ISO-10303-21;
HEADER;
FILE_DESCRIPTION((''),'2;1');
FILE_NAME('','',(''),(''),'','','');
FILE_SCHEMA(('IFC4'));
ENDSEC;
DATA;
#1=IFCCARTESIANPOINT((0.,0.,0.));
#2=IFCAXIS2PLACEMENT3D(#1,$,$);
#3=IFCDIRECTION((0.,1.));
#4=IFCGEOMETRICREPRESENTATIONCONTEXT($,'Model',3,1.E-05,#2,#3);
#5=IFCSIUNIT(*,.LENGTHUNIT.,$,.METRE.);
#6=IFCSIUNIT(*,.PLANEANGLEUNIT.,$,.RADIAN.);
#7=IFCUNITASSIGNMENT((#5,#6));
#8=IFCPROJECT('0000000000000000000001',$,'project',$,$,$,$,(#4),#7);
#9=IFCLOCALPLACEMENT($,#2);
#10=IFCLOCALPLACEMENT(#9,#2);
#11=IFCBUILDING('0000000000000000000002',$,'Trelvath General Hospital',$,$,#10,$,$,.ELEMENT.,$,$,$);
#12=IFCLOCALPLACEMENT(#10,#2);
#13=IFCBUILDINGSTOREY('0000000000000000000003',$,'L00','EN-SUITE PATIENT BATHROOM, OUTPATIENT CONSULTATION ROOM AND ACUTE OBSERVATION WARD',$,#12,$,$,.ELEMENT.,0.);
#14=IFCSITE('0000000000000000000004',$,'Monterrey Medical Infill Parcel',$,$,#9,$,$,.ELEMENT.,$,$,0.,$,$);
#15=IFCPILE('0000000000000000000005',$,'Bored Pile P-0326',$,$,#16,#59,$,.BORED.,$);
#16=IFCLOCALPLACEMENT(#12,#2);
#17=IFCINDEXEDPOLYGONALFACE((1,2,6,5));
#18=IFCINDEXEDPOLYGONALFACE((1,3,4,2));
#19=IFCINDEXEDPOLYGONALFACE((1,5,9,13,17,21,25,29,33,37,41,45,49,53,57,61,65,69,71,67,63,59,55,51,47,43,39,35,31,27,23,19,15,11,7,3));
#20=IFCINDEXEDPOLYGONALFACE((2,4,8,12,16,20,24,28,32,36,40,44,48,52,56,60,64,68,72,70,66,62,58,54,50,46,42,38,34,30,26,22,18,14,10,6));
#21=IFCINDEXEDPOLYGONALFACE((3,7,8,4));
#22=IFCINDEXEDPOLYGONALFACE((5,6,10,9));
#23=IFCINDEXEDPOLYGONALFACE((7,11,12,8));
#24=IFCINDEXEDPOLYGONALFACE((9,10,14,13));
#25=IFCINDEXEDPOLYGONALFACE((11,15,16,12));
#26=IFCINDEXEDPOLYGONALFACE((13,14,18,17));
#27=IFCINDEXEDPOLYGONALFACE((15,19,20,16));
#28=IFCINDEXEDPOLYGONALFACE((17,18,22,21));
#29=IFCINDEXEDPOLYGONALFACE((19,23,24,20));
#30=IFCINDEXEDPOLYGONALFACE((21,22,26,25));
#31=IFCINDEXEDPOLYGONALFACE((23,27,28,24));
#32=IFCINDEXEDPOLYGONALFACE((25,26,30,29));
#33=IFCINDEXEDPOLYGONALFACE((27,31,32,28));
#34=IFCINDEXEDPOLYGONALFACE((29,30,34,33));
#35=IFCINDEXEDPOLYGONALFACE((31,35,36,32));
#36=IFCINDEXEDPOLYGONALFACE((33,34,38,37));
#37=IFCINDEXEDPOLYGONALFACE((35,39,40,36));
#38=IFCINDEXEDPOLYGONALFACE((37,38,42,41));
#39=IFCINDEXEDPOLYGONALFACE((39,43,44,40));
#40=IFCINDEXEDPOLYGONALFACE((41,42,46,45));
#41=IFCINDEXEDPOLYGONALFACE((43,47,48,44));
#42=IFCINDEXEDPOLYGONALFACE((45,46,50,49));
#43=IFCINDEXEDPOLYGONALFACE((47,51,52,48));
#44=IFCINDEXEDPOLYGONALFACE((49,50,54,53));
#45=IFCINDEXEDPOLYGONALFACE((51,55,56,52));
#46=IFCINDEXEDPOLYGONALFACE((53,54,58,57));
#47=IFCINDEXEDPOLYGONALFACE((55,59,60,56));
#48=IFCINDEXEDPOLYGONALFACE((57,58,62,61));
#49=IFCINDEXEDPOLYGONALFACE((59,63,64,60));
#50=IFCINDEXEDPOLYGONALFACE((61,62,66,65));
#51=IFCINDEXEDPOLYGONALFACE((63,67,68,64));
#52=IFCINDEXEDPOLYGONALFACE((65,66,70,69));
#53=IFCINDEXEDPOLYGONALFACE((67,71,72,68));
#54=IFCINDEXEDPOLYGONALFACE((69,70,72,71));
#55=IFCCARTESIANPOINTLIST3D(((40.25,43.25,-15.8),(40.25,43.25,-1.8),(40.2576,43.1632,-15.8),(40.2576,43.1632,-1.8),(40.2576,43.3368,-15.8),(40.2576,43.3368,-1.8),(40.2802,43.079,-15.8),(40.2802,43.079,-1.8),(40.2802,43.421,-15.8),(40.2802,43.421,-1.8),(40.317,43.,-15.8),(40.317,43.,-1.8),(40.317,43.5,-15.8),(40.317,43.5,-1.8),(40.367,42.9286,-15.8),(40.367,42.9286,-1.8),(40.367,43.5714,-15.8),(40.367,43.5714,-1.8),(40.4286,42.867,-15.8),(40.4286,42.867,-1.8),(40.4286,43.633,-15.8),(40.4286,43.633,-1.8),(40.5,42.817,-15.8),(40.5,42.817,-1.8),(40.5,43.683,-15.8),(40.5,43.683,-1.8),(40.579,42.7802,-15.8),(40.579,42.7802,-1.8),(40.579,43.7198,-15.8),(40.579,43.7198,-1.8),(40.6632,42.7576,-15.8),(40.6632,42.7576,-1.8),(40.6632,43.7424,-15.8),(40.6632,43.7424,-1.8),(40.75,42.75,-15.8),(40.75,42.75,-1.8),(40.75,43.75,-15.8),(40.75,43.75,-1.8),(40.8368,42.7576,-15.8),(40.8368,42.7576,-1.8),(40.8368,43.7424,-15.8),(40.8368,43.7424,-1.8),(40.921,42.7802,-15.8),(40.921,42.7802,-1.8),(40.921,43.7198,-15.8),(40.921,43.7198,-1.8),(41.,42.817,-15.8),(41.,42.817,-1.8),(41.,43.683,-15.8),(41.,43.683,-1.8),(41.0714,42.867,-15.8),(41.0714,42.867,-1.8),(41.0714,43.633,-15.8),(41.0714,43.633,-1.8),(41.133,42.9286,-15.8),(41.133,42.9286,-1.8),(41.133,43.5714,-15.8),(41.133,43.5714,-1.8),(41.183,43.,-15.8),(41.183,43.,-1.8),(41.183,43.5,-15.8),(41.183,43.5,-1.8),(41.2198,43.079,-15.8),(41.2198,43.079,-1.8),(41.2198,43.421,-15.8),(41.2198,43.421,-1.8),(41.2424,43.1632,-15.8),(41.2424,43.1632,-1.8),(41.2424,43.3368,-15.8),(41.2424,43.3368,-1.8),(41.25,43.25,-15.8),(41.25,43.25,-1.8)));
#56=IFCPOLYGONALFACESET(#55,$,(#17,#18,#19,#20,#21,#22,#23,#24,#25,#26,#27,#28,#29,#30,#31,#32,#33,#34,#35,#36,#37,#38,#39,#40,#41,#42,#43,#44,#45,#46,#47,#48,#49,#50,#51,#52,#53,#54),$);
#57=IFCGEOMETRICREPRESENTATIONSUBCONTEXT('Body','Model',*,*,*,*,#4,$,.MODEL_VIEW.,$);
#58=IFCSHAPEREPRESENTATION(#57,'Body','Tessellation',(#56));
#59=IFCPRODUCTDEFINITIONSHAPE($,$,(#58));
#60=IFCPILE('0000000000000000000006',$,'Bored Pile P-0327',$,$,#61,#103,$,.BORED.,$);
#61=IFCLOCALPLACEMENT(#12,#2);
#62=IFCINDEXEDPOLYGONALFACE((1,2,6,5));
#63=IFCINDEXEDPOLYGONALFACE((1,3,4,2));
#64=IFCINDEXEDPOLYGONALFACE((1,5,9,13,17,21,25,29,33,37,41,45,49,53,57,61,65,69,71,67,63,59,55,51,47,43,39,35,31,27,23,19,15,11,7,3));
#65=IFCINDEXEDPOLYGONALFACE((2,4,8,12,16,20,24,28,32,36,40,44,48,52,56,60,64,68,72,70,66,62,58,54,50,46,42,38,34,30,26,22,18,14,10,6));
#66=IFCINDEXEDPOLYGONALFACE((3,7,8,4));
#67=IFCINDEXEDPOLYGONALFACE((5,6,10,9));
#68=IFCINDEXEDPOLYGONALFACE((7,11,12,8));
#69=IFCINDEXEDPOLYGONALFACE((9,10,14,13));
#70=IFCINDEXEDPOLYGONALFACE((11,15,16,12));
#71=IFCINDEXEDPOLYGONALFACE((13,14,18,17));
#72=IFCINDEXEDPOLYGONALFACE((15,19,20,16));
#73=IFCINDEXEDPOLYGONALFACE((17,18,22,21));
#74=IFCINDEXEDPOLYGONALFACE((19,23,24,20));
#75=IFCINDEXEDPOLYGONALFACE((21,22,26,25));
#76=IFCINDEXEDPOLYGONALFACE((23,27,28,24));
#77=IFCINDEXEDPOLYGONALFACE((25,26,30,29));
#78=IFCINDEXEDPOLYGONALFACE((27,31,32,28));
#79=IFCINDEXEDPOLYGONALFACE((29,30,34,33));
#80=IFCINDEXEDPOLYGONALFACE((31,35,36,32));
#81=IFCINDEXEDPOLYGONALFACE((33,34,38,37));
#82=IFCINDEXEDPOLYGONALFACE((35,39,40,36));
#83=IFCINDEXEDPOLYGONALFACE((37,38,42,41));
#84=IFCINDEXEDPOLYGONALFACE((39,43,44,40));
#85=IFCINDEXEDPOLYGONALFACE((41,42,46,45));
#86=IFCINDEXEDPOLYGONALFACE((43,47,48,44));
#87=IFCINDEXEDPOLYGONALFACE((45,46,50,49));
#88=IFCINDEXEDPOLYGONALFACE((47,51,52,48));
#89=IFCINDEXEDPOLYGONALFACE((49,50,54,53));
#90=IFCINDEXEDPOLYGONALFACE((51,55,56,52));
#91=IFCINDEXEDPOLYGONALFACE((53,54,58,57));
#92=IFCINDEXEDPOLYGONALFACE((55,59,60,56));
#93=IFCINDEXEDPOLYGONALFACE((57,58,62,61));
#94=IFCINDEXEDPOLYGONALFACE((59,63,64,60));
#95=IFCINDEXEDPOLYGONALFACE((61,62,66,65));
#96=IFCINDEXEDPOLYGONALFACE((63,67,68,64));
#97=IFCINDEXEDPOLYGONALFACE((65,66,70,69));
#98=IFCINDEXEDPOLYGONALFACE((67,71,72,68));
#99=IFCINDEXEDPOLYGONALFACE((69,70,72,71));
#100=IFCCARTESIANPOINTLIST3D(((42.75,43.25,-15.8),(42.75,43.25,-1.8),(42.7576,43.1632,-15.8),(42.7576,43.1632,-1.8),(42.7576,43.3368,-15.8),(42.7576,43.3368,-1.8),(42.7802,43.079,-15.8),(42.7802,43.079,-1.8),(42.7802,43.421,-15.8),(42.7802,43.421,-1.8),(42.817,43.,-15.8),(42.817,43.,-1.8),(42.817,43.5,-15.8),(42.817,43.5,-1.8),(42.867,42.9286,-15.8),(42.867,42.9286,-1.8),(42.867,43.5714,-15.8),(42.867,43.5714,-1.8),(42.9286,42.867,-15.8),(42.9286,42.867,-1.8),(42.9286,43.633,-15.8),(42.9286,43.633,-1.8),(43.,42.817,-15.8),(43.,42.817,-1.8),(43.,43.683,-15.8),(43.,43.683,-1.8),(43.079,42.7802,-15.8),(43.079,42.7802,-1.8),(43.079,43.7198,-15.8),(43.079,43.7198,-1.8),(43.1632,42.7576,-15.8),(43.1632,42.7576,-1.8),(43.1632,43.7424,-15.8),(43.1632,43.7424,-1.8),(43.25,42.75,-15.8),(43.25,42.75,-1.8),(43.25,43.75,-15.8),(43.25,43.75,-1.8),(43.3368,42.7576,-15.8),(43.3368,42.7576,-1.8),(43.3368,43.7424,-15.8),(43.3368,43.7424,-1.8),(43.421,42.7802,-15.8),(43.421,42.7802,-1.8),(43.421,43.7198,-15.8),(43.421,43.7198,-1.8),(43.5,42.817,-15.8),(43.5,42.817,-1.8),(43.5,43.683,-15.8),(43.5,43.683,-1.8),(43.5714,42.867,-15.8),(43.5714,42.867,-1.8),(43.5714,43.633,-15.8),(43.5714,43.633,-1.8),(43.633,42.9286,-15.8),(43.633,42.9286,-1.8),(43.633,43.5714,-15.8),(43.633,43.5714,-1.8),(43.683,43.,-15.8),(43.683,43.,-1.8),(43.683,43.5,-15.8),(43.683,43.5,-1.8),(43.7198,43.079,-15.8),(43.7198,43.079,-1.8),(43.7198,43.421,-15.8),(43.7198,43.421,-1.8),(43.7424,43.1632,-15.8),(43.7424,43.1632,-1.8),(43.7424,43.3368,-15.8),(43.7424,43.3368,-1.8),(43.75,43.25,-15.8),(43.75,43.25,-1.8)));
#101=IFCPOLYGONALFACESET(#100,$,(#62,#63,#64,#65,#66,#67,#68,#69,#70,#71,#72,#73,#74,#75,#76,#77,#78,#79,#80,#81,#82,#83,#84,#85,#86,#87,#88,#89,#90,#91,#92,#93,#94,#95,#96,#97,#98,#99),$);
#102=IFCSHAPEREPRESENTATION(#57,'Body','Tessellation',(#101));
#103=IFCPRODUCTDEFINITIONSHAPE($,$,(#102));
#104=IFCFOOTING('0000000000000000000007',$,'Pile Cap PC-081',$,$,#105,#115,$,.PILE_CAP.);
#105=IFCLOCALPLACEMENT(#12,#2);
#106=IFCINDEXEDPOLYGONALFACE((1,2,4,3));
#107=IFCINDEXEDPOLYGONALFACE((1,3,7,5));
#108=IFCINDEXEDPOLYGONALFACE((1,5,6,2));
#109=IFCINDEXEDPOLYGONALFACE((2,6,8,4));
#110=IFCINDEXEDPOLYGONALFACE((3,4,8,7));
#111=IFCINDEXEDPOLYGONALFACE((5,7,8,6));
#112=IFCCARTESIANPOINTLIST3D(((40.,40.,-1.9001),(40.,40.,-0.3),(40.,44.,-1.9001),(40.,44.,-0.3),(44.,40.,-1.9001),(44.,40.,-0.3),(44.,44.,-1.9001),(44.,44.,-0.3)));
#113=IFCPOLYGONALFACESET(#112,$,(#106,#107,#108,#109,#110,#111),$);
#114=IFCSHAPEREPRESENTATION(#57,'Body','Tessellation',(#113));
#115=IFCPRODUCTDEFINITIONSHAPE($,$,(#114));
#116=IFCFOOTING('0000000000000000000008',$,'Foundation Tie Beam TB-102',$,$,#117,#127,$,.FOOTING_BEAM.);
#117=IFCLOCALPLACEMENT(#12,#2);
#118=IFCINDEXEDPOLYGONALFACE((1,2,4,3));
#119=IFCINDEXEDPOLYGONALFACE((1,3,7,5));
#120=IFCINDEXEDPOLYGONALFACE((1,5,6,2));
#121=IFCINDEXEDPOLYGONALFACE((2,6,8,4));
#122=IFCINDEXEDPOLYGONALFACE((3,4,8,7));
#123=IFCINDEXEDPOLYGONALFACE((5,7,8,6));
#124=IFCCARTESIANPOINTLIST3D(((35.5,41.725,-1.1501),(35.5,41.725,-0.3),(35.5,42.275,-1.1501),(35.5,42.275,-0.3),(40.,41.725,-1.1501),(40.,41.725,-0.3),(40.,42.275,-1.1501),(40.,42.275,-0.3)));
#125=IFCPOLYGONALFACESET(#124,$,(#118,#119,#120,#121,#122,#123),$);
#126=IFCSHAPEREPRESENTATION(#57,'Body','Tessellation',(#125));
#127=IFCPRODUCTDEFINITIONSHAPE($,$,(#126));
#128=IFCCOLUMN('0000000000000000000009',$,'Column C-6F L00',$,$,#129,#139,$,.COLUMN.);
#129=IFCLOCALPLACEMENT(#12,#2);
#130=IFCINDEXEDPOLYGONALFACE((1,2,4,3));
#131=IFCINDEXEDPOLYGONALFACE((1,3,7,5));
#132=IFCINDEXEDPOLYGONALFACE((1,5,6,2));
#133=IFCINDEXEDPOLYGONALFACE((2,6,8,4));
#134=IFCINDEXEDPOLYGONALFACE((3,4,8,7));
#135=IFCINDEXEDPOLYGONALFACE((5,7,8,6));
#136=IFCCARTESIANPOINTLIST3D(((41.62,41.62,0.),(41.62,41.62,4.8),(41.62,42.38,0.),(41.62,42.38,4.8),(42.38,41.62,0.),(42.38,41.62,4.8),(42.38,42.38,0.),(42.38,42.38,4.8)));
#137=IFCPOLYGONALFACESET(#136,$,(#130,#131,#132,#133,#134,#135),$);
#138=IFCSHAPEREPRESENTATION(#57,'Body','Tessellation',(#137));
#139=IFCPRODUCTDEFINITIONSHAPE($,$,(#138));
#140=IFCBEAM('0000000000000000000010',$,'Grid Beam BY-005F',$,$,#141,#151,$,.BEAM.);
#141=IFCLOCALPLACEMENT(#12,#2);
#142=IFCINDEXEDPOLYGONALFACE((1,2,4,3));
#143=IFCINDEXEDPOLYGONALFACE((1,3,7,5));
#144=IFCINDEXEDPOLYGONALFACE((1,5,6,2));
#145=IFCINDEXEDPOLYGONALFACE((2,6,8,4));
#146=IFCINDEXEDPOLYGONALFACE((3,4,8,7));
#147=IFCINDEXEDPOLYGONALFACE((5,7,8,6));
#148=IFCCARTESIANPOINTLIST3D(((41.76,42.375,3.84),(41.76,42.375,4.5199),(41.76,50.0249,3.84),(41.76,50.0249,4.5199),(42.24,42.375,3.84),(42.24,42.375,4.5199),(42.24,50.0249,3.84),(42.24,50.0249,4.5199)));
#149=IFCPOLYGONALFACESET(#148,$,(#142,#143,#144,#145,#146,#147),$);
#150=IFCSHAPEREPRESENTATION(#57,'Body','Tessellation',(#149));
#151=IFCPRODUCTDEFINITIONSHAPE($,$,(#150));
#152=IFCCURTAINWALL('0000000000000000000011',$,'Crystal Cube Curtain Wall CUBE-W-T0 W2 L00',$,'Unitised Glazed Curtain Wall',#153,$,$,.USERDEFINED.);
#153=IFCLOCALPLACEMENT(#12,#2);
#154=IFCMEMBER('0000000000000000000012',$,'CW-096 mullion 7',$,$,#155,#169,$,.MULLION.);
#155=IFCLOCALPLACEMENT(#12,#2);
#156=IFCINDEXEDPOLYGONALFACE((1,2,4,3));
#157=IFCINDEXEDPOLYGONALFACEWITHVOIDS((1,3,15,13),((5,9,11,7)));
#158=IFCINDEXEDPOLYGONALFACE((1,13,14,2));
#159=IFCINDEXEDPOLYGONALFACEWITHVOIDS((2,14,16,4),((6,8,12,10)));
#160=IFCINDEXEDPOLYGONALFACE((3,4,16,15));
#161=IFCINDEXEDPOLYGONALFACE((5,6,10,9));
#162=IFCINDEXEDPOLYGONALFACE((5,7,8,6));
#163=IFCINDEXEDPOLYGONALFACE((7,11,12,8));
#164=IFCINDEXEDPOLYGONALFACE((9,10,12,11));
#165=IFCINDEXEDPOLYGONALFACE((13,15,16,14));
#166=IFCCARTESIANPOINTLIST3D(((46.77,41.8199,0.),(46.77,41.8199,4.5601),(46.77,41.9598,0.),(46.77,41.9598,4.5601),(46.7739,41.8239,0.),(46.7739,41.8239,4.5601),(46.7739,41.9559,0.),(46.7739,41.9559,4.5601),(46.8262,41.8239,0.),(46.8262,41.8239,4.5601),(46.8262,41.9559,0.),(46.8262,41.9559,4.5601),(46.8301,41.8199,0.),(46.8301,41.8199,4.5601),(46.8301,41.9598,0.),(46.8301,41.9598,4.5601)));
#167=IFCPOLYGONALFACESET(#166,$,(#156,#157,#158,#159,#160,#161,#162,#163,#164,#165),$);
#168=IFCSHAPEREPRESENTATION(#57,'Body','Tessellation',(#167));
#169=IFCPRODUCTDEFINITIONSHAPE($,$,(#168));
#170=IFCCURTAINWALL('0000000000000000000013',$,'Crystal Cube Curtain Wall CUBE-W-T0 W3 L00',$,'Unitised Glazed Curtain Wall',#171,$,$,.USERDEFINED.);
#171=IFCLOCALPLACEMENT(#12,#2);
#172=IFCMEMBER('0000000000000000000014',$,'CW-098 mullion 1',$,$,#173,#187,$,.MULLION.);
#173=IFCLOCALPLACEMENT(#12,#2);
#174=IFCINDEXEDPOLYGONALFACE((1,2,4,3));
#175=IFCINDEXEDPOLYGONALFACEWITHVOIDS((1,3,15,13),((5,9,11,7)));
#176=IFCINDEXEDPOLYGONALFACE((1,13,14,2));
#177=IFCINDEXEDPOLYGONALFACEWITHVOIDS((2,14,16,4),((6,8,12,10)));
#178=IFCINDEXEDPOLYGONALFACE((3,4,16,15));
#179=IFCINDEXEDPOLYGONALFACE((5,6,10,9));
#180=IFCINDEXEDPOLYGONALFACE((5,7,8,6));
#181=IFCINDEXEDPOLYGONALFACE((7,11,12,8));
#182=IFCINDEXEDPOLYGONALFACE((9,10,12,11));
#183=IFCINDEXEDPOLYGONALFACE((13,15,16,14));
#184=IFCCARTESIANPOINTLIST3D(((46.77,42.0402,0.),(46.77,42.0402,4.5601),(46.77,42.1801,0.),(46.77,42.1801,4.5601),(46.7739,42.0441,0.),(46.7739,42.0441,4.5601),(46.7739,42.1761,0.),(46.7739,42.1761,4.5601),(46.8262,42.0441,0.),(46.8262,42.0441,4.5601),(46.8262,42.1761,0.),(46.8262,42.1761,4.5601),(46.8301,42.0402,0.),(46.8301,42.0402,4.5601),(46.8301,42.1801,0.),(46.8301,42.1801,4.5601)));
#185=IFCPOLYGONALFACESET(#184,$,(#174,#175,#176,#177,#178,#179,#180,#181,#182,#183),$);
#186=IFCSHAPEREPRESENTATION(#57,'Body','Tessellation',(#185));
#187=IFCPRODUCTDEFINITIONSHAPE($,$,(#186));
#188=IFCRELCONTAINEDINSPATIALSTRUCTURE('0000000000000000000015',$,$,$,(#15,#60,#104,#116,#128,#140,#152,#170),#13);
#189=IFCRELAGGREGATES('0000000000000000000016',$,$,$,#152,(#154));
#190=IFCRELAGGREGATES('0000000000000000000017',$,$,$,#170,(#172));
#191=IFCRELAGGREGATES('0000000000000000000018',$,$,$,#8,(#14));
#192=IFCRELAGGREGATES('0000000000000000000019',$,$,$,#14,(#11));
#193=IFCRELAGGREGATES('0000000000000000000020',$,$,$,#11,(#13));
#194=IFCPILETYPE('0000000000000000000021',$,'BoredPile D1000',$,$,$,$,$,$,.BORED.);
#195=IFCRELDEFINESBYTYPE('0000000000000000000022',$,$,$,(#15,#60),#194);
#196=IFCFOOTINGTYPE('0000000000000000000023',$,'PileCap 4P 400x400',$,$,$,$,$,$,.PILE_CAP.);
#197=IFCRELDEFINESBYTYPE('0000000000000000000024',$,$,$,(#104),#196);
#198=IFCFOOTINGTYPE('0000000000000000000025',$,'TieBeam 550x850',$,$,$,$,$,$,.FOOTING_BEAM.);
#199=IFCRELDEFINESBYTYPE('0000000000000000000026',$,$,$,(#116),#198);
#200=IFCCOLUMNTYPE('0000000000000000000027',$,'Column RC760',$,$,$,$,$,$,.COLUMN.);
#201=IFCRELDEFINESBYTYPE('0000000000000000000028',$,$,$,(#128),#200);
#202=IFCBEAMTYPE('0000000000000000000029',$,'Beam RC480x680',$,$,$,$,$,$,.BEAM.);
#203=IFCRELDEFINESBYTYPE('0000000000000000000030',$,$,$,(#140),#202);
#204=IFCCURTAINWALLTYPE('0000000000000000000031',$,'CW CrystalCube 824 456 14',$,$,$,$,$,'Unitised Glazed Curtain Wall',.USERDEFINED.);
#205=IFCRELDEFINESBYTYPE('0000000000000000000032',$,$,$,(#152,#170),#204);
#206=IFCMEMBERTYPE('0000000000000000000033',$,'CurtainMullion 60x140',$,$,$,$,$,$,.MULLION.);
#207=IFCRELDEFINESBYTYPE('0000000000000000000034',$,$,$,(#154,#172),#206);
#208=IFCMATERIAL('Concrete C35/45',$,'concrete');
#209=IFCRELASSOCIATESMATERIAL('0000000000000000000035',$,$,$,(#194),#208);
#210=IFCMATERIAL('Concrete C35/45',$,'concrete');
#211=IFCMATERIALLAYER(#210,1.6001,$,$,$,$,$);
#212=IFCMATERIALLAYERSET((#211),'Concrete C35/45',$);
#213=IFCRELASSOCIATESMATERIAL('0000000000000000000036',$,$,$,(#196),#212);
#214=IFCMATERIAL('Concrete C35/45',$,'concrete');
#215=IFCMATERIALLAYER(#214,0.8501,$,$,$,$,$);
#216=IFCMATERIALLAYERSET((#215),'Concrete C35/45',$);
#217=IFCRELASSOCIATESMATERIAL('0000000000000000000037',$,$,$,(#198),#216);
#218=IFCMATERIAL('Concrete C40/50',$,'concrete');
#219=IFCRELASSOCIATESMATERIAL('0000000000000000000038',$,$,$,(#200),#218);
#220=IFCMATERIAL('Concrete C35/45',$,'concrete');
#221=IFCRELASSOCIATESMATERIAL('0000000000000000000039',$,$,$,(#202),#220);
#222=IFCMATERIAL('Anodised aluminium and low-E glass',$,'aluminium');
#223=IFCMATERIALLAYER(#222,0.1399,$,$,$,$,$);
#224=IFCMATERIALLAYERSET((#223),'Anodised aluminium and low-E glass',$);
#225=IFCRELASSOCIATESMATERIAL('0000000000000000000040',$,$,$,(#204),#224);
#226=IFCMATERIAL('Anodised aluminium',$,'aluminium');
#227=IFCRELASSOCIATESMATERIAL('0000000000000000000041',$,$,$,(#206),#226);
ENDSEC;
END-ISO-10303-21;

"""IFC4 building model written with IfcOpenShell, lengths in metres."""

from ifc_helpers import new_model, si_unit, direction, frame, origin, origin_2d, place, context, subcontext, project, spatial, rectangle, hollow_rectangle, circle, extrude, material, layer, layer_set, material_profile, profile_set, type_object, element, aggregate, save


model = new_model("IFC4")

# Units and contexts
model_context = context("Model", 3, precision=1e-05, world=origin(), true_north=direction((0.0, 1.0)))
body_context = subcontext(model_context, "Body", "Model", "MODEL_VIEW")
ifc_project = project(units=[si_unit("LENGTHUNIT", "METRE"), si_unit("PLANEANGLEUNIT", "RADIAN")], contexts=[model_context])

# Site, building, storey
site_placement = place(None, origin())
site = spatial("IfcSite", under=ifc_project, at=site_placement, Name="Monterrey Medical Infill Parcel", CompositionType="ELEMENT", RefElevation=0.0)
building_placement = place(site_placement, origin())
building = spatial("IfcBuilding", under=site, at=building_placement, Name="Trelvath General Hospital", CompositionType="ELEMENT")
storey_placement = place(building_placement, origin())
storey = spatial("IfcBuildingStorey", under=building, at=storey_placement, Name="L00", Description="EN-SUITE PATIENT BATHROOM, OUTPATIENT CONSULTATION ROOM AND ACUTE OBSERVATION WARD", CompositionType="ELEMENT", Elevation=0.0)

# Piles
ifc_material_1 = material(Name="Concrete C35/45", Category="concrete")
ifc_material_profile_1 = material_profile(ifc_material_1, circle(Radius=0.5, at=origin_2d()), Name="PILE1000")
ifc_profile_set_1 = profile_set([ifc_material_profile_1], Name="Concrete C35/45")
pile_type = type_object("IfcPileType", Name="BoredPile D1000", PredefinedType="BORED", material=ifc_profile_set_1)
for number, where, z_axis, x_axis, name in (
    (1, (40.75, 43.25, -1.8), (0.0, 0.0, -1.0), (1.0, 0.0, 0.0), "Bored Pile P-0326"),
    (2, (43.25, 43.25, -1.8), (0.0, 0.0, -1.0), (1.0, 0.0, 0.0), "Bored Pile P-0327"),
):
    element("IfcPile", number, at=place(storey_placement, frame(where, z_axis=z_axis, x_axis=x_axis)), inside=storey, type_object=pile_type, Name=name, PredefinedType="BORED", context=body_context, shape_type="SweptSolid", body=[
        extrude(circle(Radius=0.5, at=origin_2d()), origin(), (0.0, 0.0, 1.0), 14.0),
    ])

# Footings
ifc_material_2 = material(Name="Concrete C35/45", Category="concrete")
ifc_layer_1 = layer(ifc_material_2, 1.6001)
ifc_layer_set_1 = layer_set([ifc_layer_1], Name="Concrete C35/45")
footing_type_1 = type_object("IfcFootingType", Name="PileCap 4P 400x400", PredefinedType="PILE_CAP", material=ifc_layer_set_1)
footing_1_placement = place(storey_placement, frame((42.0, 42.0, -1.9001), z_axis=(0.0, 0.0, 1.0), x_axis=(1.0, 0.0, 0.0)))
element("IfcFooting", 3, at=footing_1_placement, inside=storey, type_object=footing_type_1, Name="Pile Cap PC-081", PredefinedType="PILE_CAP", context=body_context, shape_type="SweptSolid", body=[
    extrude(rectangle(XDim=4.0, YDim=4.0, at=origin_2d()), origin(), (0.0, 0.0, 1.0), 1.6001),
])
ifc_material_3 = material(Name="Concrete C35/45", Category="concrete")
ifc_layer_2 = layer(ifc_material_3, 0.8501)
ifc_layer_set_2 = layer_set([ifc_layer_2], Name="Concrete C35/45")
footing_type_2 = type_object("IfcFootingType", Name="TieBeam 550x850", PredefinedType="FOOTING_BEAM", material=ifc_layer_set_2)
footing_2_placement = place(storey_placement, frame((37.75, 42.0, -1.1501), z_axis=(0.0, 0.0, 1.0), x_axis=(1.0, 0.0, 0.0)))
element("IfcFooting", 4, at=footing_2_placement, inside=storey, type_object=footing_type_2, Name="Foundation Tie Beam TB-102", PredefinedType="FOOTING_BEAM", context=body_context, shape_type="SweptSolid", body=[
    extrude(rectangle(XDim=4.5, YDim=0.55, at=origin_2d()), origin(), (0.0, 0.0, 1.0), 0.8501),
])

# Column
ifc_material_4 = material(Name="Concrete C40/50", Category="concrete")
ifc_material_profile_2 = material_profile(ifc_material_4, rectangle(XDim=0.76, YDim=0.76, at=origin_2d()), Name="RC760x760")
ifc_profile_set_2 = profile_set([ifc_material_profile_2], Name="Concrete C40/50")
column_type = type_object("IfcColumnType", Name="Column RC760", PredefinedType="COLUMN", material=ifc_profile_set_2)
column_placement = place(storey_placement, frame((42.0, 42.0, 0.0), z_axis=(0.0, 0.0, 1.0), x_axis=(1.0, 0.0, 0.0)))
element("IfcColumn", 5, at=column_placement, inside=storey, type_object=column_type, Name="Column C-6F L00", PredefinedType="COLUMN", context=body_context, shape_type="SweptSolid", body=[
    extrude(rectangle(XDim=0.76, YDim=0.76, at=origin_2d()), origin(), (0.0, 0.0, 1.0), 4.8),
])

# Beam
ifc_material_5 = material(Name="Concrete C35/45", Category="concrete")
ifc_material_profile_3 = material_profile(ifc_material_5, rectangle(XDim=0.48, YDim=0.6799, at=origin_2d()), Name="RCB480x680")
ifc_profile_set_3 = profile_set([ifc_material_profile_3], Name="Concrete C35/45")
beam_type = type_object("IfcBeamType", Name="Beam RC480x680", PredefinedType="BEAM", material=ifc_profile_set_3)
beam_placement = place(storey_placement, frame((42.0, 42.375, 4.1799), z_axis=(0.0, 1.0, 0.0), x_axis=(-1.0, 0.0, 0.0)))
element("IfcBeam", 6, at=beam_placement, inside=storey, type_object=beam_type, Name="Grid Beam BY-005F", PredefinedType="BEAM", context=body_context, shape_type="SweptSolid", body=[
    extrude(rectangle(XDim=0.48, YDim=0.6799, at=origin_2d()), origin(), (0.0, 0.0, 1.0), 7.6499),
])

# Curtain wall, member
ifc_material_6 = material(Name="Anodised aluminium and low-E glass", Category="aluminium")
ifc_layer_3 = layer(ifc_material_6, 0.1399)
ifc_layer_set_3 = layer_set([ifc_layer_3], Name="Anodised aluminium and low-E glass")
curtain_wall_type = type_object("IfcCurtainWallType", Name="CW CrystalCube 824 456 14", ElementType="Unitised Glazed Curtain Wall", PredefinedType="USERDEFINED", material=ifc_layer_set_3)
curtain_wall_1_placement = place(storey_placement, origin())
curtain_wall_1 = element("IfcCurtainWall", 7, at=curtain_wall_1_placement, inside=storey, type_object=curtain_wall_type, Name="Crystal Cube Curtain Wall CUBE-W-T0 W2 L00", ObjectType="Unitised Glazed Curtain Wall", PredefinedType="USERDEFINED")
ifc_material_7 = material(Name="Anodised aluminium", Category="aluminium")
ifc_material_profile_4 = material_profile(ifc_material_7, hollow_rectangle(XDim=0.0601, YDim=0.1399, WallThickness=0.0039, at=origin_2d()), Name="RHS60x140x4")
ifc_profile_set_4 = profile_set([ifc_material_profile_4], Name="Anodised aluminium")
member_type_1 = type_object("IfcMemberType", Name="CurtainMullion 60x140", PredefinedType="MULLION", material=ifc_profile_set_4)
member_1_placement = place(storey_placement, frame((46.8, 41.8899, 0.0), z_axis=(0.0, 0.0, 1.0), x_axis=(-1.0, 0.0, 0.0)))
member_1 = element("IfcMember", 8, at=member_1_placement, type_object=member_type_1, Name="CW-096 mullion 7", PredefinedType="MULLION", context=body_context, shape_type="SweptSolid", body=[
    extrude(hollow_rectangle(XDim=0.0601, YDim=0.1399, WallThickness=0.0039, at=origin_2d()), origin(), (0.0, 0.0, 1.0), 4.5601),
])

# Curtain wall, member
curtain_wall_2_placement = place(storey_placement, origin())
curtain_wall_2 = element("IfcCurtainWall", 9, at=curtain_wall_2_placement, inside=storey, type_object=curtain_wall_type, Name="Crystal Cube Curtain Wall CUBE-W-T0 W3 L00", ObjectType="Unitised Glazed Curtain Wall", PredefinedType="USERDEFINED")
member_2_placement = place(storey_placement, frame((46.8, 42.1101, 0.0), z_axis=(0.0, 0.0, 1.0), x_axis=(-1.0, 0.0, 0.0)))
member_2 = element("IfcMember", 10, at=member_2_placement, type_object=member_type_1, Name="CW-098 mullion 1", PredefinedType="MULLION", context=body_context, shape_type="SweptSolid", body=[
    extrude(hollow_rectangle(XDim=0.0601, YDim=0.1399, WallThickness=0.0039, at=origin_2d()), origin(), (0.0, 0.0, 1.0), 4.5601),
])

aggregate(curtain_wall_1, [member_1])
aggregate(curtain_wall_2, [member_2])

save(model, "model.ifc")
